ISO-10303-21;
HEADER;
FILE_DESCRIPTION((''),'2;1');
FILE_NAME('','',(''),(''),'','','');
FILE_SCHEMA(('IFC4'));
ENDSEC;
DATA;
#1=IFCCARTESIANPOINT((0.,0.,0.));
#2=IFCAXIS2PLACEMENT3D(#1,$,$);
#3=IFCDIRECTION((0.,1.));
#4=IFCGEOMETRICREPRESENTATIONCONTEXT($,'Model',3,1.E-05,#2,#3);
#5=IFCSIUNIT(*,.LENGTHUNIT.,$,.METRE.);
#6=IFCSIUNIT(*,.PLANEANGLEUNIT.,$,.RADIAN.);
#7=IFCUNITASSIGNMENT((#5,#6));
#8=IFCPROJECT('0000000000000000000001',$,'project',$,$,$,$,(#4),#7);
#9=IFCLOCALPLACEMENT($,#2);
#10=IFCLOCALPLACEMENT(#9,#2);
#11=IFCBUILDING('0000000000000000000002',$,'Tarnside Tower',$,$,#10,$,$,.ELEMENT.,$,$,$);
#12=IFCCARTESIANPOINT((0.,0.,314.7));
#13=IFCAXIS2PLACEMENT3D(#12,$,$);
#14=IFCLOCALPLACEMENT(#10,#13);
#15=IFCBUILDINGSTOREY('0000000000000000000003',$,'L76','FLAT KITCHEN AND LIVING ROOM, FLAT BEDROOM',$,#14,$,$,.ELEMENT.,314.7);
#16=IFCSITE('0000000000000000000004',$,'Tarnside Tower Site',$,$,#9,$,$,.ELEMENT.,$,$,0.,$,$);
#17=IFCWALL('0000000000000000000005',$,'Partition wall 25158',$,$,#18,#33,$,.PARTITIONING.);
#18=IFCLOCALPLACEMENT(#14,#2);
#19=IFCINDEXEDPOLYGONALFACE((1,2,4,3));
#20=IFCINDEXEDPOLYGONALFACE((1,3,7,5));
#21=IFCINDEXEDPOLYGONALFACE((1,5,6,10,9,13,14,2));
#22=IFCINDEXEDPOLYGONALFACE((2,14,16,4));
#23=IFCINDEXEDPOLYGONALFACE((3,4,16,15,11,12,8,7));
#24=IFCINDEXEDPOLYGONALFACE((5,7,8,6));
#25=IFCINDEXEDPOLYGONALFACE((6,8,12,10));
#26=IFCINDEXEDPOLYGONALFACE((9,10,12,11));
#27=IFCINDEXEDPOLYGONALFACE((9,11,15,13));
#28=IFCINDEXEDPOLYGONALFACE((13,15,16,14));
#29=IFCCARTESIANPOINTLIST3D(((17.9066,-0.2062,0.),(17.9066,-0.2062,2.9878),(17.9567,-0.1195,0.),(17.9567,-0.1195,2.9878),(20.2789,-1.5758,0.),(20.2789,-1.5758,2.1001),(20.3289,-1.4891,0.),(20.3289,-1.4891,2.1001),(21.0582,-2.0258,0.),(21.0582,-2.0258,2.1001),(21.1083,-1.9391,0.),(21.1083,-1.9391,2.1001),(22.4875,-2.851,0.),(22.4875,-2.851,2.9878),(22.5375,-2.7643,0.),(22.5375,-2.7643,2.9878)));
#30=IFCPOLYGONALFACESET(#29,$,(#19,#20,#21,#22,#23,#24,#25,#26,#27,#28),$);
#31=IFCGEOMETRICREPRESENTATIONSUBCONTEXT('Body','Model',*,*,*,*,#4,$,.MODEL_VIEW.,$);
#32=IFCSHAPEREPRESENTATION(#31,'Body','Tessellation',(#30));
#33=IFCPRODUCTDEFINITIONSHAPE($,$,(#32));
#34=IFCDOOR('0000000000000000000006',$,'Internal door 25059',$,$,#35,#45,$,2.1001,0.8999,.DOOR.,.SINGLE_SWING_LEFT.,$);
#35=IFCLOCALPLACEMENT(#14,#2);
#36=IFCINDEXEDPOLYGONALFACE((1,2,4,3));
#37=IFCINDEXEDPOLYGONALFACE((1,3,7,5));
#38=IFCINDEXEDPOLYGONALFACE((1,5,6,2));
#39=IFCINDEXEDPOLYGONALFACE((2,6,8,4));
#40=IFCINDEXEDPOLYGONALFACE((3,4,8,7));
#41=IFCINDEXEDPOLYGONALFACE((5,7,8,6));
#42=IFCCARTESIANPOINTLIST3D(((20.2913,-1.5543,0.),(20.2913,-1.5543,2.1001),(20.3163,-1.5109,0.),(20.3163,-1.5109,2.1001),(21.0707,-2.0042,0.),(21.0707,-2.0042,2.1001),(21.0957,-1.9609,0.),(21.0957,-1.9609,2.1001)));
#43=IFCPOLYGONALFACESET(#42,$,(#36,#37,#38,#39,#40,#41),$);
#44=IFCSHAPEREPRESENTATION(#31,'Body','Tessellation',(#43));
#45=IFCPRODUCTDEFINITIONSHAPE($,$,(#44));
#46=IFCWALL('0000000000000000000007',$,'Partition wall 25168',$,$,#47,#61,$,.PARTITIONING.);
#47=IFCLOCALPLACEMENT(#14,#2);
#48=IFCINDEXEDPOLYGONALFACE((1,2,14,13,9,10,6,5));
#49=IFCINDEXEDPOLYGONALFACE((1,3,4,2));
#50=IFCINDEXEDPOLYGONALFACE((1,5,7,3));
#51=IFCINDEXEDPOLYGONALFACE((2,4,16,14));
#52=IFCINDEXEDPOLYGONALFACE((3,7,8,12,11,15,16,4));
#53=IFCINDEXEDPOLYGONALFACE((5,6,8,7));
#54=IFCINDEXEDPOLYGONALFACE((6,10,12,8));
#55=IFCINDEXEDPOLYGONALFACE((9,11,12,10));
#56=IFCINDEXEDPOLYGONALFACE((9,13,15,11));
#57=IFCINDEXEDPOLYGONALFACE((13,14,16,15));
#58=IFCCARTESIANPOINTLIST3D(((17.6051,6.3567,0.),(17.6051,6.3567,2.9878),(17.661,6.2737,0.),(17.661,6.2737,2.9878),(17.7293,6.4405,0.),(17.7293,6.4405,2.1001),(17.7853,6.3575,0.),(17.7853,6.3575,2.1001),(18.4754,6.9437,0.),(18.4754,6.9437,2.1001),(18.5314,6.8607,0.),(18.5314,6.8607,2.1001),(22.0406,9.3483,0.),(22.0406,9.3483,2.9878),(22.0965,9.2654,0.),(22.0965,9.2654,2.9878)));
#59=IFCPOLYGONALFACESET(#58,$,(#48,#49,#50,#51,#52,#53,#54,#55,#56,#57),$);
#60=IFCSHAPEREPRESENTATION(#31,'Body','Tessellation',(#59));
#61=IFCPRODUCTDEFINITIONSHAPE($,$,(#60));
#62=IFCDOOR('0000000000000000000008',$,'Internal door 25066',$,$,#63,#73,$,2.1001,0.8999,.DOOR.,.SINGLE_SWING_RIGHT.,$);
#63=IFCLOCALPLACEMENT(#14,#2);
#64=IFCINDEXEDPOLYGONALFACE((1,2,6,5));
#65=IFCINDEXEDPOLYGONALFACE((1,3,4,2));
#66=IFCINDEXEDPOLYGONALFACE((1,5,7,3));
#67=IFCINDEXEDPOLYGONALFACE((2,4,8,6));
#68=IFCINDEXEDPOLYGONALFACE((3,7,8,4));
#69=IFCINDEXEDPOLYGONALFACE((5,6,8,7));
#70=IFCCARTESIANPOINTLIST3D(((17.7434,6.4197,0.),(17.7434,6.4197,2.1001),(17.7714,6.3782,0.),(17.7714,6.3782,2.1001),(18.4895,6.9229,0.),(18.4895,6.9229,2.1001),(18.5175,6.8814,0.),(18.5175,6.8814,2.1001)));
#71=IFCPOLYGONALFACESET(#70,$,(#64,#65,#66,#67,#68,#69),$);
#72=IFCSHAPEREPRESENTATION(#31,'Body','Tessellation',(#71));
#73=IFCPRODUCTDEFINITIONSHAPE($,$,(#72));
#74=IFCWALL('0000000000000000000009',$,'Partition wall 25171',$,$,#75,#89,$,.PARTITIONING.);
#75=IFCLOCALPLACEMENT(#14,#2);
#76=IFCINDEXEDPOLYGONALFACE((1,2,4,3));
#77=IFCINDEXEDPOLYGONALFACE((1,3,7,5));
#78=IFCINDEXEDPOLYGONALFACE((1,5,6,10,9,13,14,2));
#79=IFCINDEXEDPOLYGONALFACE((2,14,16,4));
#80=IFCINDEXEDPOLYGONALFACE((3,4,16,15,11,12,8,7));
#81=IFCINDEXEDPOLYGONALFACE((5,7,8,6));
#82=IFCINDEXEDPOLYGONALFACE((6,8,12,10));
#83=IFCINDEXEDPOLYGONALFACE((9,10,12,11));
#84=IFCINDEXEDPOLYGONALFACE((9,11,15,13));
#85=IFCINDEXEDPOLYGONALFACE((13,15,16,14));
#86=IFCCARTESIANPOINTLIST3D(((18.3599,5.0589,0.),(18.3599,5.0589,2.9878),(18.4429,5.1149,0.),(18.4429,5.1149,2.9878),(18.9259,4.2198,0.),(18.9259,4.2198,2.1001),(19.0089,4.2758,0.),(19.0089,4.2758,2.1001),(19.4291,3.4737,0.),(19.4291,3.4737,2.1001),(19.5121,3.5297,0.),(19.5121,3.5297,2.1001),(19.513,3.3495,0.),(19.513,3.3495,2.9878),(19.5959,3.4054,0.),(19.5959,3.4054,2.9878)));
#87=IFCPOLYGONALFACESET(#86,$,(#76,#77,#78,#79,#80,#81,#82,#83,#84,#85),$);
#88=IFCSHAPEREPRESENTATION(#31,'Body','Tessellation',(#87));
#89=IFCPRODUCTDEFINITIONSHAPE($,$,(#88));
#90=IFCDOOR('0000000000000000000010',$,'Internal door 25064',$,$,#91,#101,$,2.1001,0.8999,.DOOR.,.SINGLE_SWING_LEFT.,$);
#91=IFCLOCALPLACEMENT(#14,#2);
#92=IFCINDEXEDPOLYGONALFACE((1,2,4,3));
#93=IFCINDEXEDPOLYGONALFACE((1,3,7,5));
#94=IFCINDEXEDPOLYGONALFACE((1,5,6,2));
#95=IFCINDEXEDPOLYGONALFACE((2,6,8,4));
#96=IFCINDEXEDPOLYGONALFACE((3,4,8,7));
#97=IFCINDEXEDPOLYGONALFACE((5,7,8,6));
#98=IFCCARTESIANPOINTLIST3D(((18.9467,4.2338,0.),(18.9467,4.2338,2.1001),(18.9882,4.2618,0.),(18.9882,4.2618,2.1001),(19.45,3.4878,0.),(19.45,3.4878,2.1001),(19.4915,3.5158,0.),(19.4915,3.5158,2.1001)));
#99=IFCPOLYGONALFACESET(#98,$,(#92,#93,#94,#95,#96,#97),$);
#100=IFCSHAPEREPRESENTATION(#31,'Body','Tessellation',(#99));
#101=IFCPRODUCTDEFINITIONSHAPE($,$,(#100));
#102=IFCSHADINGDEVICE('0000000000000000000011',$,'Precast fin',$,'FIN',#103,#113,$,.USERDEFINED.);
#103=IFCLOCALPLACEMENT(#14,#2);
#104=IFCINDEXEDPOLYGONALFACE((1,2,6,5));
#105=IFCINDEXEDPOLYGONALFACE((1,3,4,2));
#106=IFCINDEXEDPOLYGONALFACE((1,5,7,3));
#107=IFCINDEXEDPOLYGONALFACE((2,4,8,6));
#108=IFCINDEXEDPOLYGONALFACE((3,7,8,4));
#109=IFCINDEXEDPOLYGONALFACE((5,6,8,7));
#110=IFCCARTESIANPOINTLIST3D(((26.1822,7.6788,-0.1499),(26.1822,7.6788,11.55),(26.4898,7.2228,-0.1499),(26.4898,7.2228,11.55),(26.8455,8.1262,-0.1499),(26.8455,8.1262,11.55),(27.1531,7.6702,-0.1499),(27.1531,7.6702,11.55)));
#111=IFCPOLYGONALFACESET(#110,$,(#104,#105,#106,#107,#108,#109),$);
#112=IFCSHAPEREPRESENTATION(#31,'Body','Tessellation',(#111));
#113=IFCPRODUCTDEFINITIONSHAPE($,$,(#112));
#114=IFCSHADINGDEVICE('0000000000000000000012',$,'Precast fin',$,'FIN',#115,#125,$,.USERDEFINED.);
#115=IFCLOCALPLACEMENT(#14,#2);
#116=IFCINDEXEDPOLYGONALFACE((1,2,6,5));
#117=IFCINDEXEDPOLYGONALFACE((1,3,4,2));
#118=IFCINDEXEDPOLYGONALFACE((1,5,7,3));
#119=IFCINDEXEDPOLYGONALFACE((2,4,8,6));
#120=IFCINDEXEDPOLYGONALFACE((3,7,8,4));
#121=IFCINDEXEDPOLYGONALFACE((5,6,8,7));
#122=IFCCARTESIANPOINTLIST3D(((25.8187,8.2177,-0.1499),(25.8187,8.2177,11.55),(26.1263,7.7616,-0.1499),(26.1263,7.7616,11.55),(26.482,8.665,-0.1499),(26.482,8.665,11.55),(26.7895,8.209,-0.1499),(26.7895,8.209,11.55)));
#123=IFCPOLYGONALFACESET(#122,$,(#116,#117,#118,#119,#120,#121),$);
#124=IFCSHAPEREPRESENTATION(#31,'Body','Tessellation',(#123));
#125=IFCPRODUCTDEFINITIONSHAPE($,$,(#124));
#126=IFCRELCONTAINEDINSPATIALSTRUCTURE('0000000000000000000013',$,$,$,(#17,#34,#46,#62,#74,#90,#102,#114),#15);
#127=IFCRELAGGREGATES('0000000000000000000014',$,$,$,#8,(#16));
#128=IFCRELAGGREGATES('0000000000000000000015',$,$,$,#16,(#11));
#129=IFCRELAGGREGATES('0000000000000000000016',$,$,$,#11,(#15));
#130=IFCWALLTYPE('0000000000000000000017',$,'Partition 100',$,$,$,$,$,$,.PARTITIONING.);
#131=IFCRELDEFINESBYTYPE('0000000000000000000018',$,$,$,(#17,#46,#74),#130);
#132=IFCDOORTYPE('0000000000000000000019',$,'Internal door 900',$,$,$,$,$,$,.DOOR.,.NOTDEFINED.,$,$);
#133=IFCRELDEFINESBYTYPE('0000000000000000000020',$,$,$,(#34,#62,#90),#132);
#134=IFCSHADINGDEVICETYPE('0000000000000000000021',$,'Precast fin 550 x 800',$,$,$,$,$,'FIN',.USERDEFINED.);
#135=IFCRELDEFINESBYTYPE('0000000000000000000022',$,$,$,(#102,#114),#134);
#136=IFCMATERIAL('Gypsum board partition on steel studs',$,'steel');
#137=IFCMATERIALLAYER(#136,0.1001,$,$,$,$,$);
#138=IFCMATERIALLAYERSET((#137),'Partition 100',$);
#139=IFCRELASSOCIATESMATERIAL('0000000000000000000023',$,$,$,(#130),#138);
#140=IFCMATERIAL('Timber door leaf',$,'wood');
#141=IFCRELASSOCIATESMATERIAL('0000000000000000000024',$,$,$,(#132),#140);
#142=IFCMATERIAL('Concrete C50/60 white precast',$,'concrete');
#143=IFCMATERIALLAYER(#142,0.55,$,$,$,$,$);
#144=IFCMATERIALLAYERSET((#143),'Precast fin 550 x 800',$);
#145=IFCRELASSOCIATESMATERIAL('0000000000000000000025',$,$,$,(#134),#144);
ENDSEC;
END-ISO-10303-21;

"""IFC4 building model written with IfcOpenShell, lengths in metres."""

from ifc_helpers import new_model, si_unit, direction, frame, frame_2d, origin, place, context, subcontext, project, spatial, polyline, rectangle, outline, extrude, material, layer, layer_set, type_object, element, fill, save


model = new_model("IFC4")

# Units and contexts
model_context = context("Model", 3, precision=1e-05, world=origin(), true_north=direction((0.0, 1.0)))
body_context = subcontext(model_context, "Body", "Model", "MODEL_VIEW")
ifc_project = project(units=[si_unit("LENGTHUNIT", "METRE"), si_unit("PLANEANGLEUNIT", "RADIAN")], contexts=[model_context])

# Site, building, storey
site_placement = place(None, origin())
site = spatial("IfcSite", under=ifc_project, at=site_placement, Name="Tarnside Tower Site", CompositionType="ELEMENT", RefElevation=0.0)
building_placement = place(site_placement, origin())
building = spatial("IfcBuilding", under=site, at=building_placement, Name="Tarnside Tower", CompositionType="ELEMENT")
storey_placement = place(building_placement, frame((0.0, 0.0, 314.7)))
storey = spatial("IfcBuildingStorey", under=building, at=storey_placement, Name="L76", Description="FLAT KITCHEN AND LIVING ROOM, FLAT BEDROOM", CompositionType="ELEMENT", Elevation=314.7)

# Shared definitions
ifc_material_1 = material(Name="Gypsum board partition on steel studs", Category="steel")

# Shared definitions
ifc_material_2 = material(Name="Timber door leaf", Category="wood")

# Walls, openings, doors
ifc_layer_1 = layer(ifc_material_1, 0.1001)
ifc_layer_set_1 = layer_set([ifc_layer_1], Name="Partition 100")
wall_type_1 = type_object("IfcWallType", Name="Partition 100", PredefinedType="PARTITIONING", material=ifc_layer_set_1)
wall_1_placement = place(storey_placement, frame((17.9316, -0.1628, 0.0), z_axis=(0.0, 0.0, 1.0), x_axis=(0.866022, -0.500006, 0.0)))
wall_1 = element("IfcWall", 1, at=wall_1_placement, inside=storey, type_object=wall_type_1, Name="Partition wall 25158", PredefinedType="PARTITIONING", context=body_context, shape_type="SweptSolid", body=[
    extrude(rectangle(XDim=5.2896, YDim=0.1001, at=frame_2d((2.6448, 0.0))), origin(), (0.0, 0.0, 1.0), 2.9878),
])
opening_1_placement = place(wall_1_placement, frame((2.7393, 0.0, 0.0)))
opening_1 = element("IfcOpeningElement", 2, at=opening_1_placement, cuts=wall_1, PredefinedType="OPENING", context=body_context, shape_type="SweptSolid", body=[
    extrude(rectangle(XDim=0.8999, YDim=2.1001, at=frame_2d((0.45, 1.05))), frame((0.0, 0.0601, 0.0), z_axis=(0.0, -1.0, 0.0), x_axis=(1.0, 0.0, 0.0)), (0.0, 0.0, 1.0), 0.1201),
])
door_type_1 = type_object("IfcDoorType", Name="Internal door 900", OperationType="NOTDEFINED", PredefinedType="DOOR", material=ifc_material_2)
door_1_placement = place(opening_1_placement, origin())
door_1 = element("IfcDoor", 3, at=door_1_placement, inside=storey, type_object=door_type_1, Name="Internal door 25059", OperationType="SINGLE_SWING_LEFT", OverallHeight=2.1001, OverallWidth=0.8999, PredefinedType="DOOR", context=body_context, shape_type="SweptSolid", body=[
    extrude(rectangle(XDim=0.8999, YDim=2.1001, at=frame_2d((0.45, 1.05))), frame((0.0, 0.0249, 0.0), z_axis=(0.0, -1.0, 0.0), x_axis=(1.0, 0.0, 0.0)), (0.0, 0.0, 1.0), 0.05),
])
fill(opening_1, door_1)
wall_2_placement = place(storey_placement, frame((17.6331, 6.3152, 0.0), z_axis=(0.0, 0.0, 1.0), x_axis=(0.829048, 0.559178, 0.0)))
wall_2 = element("IfcWall", 4, at=wall_2_placement, inside=storey, type_object=wall_type_1, Name="Partition wall 25168", PredefinedType="PARTITIONING", context=body_context, shape_type="SweptSolid", body=[
    extrude(rectangle(XDim=5.3501, YDim=0.1001, at=frame_2d((2.675, 0.0))), origin(), (0.0, 0.0, 1.0), 2.9878),
])
opening_2_placement = place(wall_2_placement, frame((0.1499, 0.0, 0.0)))
opening_2 = element("IfcOpeningElement", 5, at=opening_2_placement, cuts=wall_2, PredefinedType="OPENING", context=body_context, shape_type="SweptSolid", body=[
    extrude(rectangle(XDim=0.8999, YDim=2.1001, at=frame_2d((0.45, 1.05))), frame((0.0, 0.0601, 0.0), z_axis=(0.0, -1.0, 0.0), x_axis=(1.0, 0.0, 0.0)), (0.0, 0.0, 1.0), 0.1201),
])
door_2_placement = place(opening_2_placement, origin())
door_2 = element("IfcDoor", 6, at=door_2_placement, inside=storey, type_object=door_type_1, Name="Internal door 25066", OperationType="SINGLE_SWING_RIGHT", OverallHeight=2.1001, OverallWidth=0.8999, PredefinedType="DOOR", context=body_context, shape_type="SweptSolid", body=[
    extrude(rectangle(XDim=0.8999, YDim=2.1001, at=frame_2d((0.45, 1.05))), frame((0.0, 0.0249, 0.0), z_axis=(0.0, -1.0, 0.0), x_axis=(1.0, 0.0, 0.0)), (0.0, 0.0, 1.0), 0.05),
])
fill(opening_2, door_2)
wall_3_placement = place(storey_placement, frame((19.5544, 3.3774, 0.0), z_axis=(0.0, 0.0, 1.0), x_axis=(-0.5592, 0.829033, 0.0)))
wall_3 = element("IfcWall", 7, at=wall_3_placement, inside=storey, type_object=wall_type_1, Name="Partition wall 25171", PredefinedType="PARTITIONING", context=body_context, shape_type="SweptSolid", body=[
    extrude(rectangle(XDim=2.062, YDim=0.1001, at=frame_2d((1.031, 0.0))), origin(), (0.0, 0.0, 1.0), 2.9878),
])
opening_3_placement = place(wall_3_placement, frame((0.1499, 0.0, 0.0)))
opening_3 = element("IfcOpeningElement", 8, at=opening_3_placement, cuts=wall_3, PredefinedType="OPENING", context=body_context, shape_type="SweptSolid", body=[
    extrude(rectangle(XDim=0.8999, YDim=2.1001, at=frame_2d((0.45, 1.05))), frame((0.0, 0.0601, 0.0), z_axis=(0.0, -1.0, 0.0), x_axis=(1.0, 0.0, 0.0)), (0.0, 0.0, 1.0), 0.1201),
])
door_3_placement = place(opening_3_placement, origin())
door_3 = element("IfcDoor", 9, at=door_3_placement, inside=storey, type_object=door_type_1, Name="Internal door 25064", OperationType="SINGLE_SWING_LEFT", OverallHeight=2.1001, OverallWidth=0.8999, PredefinedType="DOOR", context=body_context, shape_type="SweptSolid", body=[
    extrude(rectangle(XDim=0.8999, YDim=2.1001, at=frame_2d((0.45, 1.05))), frame((0.0, 0.0249, 0.0), z_axis=(0.0, -1.0, 0.0), x_axis=(1.0, 0.0, 0.0)), (0.0, 0.0, 1.0), 0.05),
])
fill(opening_3, door_3)

# Shading devices
ifc_material_3 = material(Name="Concrete C50/60 white precast", Category="concrete")
ifc_layer_2 = layer(ifc_material_3, 0.55)
ifc_layer_set_2 = layer_set([ifc_layer_2], Name="Precast fin 550 x 800")
shading_device_type = type_object("IfcShadingDeviceType", Name="Precast fin 550 x 800", ElementType="FIN", PredefinedType="USERDEFINED", material=ifc_layer_set_2)
for number, where, z_axis, x_axis, name in (
    (10, (26.3359, 7.4509, -0.1499), (0.559193, -0.829038, 0.0), (0.829038, 0.559193, 0.0), "Precast fin"),
    (11, (25.9724, 7.9897, -0.1499), (0.559193, -0.829038, 0.0), (0.829038, 0.559193, 0.0), "Precast fin"),
):
    element("IfcShadingDevice", number, at=place(storey_placement, frame(where, z_axis=z_axis, x_axis=x_axis)), inside=storey, type_object=shading_device_type, Name=name, ObjectType="FIN", PredefinedType="USERDEFINED", context=body_context, shape_type="SweptSolid", body=[
        extrude(outline(polyline([(0.0, 0.0), (0.8, 0.0), (0.8, 11.7), (0.0, 11.7), (0.0, 0.0)])), frame((0.0, 0.0, -0.2749)), (0.0, 0.0, 1.0), 0.55),
    ])

save(model, "model.ifc")
